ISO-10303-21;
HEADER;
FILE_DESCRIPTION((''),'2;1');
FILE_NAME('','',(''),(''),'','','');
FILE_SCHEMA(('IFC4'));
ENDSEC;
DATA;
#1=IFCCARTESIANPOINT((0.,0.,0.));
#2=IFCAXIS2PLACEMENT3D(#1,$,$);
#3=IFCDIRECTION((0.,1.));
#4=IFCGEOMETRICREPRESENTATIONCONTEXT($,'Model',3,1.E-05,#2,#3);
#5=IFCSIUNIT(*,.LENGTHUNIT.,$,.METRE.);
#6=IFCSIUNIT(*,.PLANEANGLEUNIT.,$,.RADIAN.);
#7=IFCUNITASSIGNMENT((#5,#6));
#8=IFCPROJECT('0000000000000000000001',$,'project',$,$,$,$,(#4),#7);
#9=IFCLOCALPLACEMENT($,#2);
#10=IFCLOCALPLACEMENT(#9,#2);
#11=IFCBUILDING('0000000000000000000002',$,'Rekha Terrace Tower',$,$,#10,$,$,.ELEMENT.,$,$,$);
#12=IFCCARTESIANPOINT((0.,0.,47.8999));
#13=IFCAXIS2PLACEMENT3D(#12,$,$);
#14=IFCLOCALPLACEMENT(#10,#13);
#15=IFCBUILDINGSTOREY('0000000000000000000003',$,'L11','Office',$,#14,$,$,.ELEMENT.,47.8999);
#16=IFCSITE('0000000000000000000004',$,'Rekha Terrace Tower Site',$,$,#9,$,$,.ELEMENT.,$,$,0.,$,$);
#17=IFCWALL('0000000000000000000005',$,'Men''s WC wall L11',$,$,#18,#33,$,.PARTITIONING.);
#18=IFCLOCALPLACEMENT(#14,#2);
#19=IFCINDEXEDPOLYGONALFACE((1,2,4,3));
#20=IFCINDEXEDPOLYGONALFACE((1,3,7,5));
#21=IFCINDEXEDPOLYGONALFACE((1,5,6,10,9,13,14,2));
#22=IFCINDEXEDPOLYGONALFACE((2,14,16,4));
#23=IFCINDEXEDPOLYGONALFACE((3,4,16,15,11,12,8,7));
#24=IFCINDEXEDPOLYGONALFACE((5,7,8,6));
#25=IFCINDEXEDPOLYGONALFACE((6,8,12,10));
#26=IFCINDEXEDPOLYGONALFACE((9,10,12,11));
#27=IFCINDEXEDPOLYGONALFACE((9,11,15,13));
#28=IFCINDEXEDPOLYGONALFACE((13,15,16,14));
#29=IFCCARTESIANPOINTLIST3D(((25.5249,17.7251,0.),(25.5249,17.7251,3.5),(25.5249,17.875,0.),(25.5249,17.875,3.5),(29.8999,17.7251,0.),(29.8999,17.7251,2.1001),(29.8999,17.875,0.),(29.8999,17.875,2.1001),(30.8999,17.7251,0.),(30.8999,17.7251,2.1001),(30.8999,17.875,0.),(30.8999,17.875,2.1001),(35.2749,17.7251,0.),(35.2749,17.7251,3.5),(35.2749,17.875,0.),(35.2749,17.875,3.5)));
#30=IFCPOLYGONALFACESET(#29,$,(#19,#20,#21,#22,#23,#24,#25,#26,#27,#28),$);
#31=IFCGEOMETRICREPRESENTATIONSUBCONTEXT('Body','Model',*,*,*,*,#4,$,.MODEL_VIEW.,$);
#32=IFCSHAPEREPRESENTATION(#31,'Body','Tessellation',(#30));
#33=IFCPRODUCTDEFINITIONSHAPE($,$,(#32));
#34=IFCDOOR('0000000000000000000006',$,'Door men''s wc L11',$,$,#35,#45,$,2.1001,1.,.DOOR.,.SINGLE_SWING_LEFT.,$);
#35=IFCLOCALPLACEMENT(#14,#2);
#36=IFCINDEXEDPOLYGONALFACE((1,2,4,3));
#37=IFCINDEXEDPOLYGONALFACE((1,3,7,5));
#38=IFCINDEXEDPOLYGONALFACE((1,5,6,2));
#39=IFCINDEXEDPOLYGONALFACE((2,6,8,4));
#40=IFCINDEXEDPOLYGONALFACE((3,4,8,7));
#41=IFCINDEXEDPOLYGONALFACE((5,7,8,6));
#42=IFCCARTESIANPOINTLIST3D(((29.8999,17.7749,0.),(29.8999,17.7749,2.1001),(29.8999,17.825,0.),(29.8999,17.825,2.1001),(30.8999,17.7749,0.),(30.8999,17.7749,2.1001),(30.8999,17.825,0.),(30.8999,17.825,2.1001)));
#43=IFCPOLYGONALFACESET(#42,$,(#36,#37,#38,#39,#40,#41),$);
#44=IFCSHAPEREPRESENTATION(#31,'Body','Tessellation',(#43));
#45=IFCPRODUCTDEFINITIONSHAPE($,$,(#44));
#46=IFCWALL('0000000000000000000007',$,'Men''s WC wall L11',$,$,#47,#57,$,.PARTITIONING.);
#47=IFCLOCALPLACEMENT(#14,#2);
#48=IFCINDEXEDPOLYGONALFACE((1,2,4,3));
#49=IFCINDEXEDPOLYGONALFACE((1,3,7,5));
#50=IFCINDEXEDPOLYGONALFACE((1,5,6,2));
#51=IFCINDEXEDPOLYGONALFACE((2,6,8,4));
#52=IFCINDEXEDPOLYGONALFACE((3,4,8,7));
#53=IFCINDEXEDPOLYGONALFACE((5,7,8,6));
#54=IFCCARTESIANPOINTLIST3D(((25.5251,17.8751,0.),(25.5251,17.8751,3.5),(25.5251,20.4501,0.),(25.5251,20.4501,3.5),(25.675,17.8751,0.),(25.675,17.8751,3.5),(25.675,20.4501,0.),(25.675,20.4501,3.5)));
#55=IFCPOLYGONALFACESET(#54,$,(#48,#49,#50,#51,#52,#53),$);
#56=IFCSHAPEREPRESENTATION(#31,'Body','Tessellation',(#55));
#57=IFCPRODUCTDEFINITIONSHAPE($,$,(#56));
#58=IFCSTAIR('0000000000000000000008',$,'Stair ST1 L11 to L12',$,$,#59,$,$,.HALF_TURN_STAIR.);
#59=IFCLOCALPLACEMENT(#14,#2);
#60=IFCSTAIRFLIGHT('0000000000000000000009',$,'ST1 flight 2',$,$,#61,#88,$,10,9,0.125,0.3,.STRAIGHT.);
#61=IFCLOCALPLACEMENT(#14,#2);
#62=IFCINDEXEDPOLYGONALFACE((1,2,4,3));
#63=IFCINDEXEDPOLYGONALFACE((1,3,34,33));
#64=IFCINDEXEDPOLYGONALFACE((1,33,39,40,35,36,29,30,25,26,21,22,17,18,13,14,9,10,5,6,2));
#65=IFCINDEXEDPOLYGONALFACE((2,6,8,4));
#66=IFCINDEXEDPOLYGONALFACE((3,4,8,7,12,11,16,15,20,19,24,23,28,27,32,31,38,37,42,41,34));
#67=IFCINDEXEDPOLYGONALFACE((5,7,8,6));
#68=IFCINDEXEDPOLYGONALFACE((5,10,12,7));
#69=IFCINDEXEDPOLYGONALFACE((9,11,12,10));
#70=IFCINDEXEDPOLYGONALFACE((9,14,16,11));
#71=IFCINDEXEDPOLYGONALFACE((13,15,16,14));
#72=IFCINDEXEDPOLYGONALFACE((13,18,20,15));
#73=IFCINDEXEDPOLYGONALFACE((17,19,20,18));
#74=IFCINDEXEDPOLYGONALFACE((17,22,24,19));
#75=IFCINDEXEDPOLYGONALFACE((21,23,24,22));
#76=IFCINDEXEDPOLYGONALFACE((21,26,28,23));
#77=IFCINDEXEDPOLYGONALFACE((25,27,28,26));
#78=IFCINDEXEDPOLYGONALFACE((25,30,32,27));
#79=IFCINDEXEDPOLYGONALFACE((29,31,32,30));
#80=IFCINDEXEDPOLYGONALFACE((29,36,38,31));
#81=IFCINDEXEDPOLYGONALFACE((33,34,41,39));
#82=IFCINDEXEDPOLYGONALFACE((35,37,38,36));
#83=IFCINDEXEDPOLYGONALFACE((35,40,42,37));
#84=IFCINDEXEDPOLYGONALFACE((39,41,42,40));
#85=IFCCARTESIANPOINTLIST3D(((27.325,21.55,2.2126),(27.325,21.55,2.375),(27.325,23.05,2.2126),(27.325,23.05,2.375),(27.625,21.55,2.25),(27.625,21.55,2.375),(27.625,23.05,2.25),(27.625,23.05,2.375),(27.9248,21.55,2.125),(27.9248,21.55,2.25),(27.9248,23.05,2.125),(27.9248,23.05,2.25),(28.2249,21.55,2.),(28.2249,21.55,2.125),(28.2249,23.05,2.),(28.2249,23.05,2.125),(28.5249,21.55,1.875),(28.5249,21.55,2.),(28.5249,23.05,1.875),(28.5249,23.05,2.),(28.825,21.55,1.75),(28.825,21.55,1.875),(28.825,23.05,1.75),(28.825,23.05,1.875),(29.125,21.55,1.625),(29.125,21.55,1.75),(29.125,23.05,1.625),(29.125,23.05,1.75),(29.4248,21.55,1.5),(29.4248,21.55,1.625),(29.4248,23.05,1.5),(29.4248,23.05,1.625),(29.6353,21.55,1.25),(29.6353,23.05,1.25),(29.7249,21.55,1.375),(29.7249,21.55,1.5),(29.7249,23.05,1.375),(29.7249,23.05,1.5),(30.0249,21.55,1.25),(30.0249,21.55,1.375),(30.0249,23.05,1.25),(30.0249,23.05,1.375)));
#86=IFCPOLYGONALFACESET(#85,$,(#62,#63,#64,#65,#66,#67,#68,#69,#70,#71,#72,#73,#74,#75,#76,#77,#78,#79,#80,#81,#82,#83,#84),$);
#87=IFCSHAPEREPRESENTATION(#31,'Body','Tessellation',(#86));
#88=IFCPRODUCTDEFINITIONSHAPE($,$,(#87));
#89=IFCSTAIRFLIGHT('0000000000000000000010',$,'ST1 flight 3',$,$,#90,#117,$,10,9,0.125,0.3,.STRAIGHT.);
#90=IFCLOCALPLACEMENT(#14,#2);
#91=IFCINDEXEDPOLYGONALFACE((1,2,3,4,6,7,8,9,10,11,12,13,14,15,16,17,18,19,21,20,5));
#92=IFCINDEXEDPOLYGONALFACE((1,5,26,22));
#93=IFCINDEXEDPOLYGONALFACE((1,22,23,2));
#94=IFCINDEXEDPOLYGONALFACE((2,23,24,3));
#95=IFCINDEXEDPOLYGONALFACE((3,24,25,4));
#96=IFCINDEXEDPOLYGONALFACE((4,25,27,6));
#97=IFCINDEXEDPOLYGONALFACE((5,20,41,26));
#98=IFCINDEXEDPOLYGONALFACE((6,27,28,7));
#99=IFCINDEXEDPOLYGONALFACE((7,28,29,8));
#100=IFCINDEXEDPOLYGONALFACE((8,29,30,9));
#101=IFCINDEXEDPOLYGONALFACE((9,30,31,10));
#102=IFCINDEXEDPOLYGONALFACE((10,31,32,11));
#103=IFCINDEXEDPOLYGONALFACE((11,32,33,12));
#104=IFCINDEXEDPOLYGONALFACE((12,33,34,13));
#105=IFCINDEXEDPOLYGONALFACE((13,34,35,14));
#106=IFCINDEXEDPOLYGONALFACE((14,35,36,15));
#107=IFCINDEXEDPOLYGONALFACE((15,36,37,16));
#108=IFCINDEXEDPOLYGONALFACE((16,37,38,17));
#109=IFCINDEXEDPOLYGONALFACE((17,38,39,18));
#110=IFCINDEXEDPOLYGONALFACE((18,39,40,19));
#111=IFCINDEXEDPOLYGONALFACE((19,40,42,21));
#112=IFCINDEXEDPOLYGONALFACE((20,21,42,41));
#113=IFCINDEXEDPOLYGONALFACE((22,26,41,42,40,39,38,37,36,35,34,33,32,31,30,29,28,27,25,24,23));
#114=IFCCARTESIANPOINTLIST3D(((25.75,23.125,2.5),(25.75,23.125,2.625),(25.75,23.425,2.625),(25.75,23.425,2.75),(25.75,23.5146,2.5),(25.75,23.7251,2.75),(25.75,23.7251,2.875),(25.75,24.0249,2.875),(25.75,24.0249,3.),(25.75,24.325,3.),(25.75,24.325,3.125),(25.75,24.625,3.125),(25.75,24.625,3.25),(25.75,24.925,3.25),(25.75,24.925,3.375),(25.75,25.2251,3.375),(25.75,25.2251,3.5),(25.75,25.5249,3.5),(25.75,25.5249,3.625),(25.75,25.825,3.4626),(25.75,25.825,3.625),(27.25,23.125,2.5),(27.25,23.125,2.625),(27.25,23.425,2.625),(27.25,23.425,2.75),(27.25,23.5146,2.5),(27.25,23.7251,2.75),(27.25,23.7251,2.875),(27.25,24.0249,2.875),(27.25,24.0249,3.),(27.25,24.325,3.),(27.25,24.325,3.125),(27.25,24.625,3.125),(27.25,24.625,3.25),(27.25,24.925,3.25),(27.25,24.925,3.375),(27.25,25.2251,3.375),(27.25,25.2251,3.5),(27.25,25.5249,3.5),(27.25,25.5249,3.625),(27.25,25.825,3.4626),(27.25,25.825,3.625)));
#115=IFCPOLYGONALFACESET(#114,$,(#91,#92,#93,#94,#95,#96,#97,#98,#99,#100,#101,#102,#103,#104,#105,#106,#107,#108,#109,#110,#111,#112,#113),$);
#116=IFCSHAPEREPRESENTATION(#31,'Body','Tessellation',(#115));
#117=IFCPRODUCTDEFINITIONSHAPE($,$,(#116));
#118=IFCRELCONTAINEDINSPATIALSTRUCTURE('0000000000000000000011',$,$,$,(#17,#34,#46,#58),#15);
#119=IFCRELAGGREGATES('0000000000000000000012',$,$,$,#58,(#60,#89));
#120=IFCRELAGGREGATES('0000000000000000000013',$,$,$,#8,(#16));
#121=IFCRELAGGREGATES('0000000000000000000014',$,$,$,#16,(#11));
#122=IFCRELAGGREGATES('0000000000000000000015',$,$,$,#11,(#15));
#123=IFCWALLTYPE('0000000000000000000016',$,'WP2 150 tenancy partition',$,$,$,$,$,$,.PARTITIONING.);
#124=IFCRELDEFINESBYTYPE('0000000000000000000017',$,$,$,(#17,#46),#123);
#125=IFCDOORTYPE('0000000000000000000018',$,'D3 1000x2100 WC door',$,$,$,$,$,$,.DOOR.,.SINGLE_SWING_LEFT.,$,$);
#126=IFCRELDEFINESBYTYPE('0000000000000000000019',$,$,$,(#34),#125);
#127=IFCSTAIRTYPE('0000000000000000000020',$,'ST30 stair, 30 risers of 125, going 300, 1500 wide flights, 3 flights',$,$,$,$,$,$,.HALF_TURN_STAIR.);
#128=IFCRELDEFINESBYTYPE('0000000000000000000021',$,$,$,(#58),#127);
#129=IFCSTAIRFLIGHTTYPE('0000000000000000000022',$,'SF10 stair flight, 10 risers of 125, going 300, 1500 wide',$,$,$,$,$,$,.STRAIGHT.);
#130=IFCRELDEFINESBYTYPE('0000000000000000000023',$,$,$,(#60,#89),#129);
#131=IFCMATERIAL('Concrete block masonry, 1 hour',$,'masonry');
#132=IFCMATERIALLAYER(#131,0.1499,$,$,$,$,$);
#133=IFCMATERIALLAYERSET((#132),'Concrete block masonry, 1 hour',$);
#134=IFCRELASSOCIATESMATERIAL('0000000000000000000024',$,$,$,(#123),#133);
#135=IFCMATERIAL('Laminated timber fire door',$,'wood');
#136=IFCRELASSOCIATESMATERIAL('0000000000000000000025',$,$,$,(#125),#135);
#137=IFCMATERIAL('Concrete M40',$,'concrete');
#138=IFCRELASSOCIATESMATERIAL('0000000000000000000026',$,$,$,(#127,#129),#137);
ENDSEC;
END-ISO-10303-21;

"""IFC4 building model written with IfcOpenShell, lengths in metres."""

from ifc_helpers import new_model, si_unit, direction, frame, frame_2d, origin, place, context, subcontext, project, spatial, polyline, rectangle, outline, extrude, material, layer, layer_set, type_object, element, fill, aggregate, save


model = new_model("IFC4")

# Units and contexts
model_context = context("Model", 3, precision=1e-05, world=origin(), true_north=direction((0.0, 1.0)))
body_context = subcontext(model_context, "Body", "Model", "MODEL_VIEW")
ifc_project = project(units=[si_unit("LENGTHUNIT", "METRE"), si_unit("PLANEANGLEUNIT", "RADIAN")], contexts=[model_context])

# Site, building, storey
site_placement = place(None, origin())
site = spatial("IfcSite", under=ifc_project, at=site_placement, Name="Rekha Terrace Tower Site", CompositionType="ELEMENT", RefElevation=0.0)
building_placement = place(site_placement, origin())
building = spatial("IfcBuilding", under=site, at=building_placement, Name="Rekha Terrace Tower", CompositionType="ELEMENT")
storey_placement = place(building_placement, frame((0.0, 0.0, 47.8999)))
storey = spatial("IfcBuildingStorey", under=building, at=storey_placement, Name="L11", Description="Office", CompositionType="ELEMENT", Elevation=47.8999)

# Wall, opening, door
ifc_material_1 = material(Name="Concrete block masonry, 1 hour", Category="masonry")
ifc_layer_1 = layer(ifc_material_1, 0.1499)
ifc_layer_set_1 = layer_set([ifc_layer_1], Name="Concrete block masonry, 1 hour")
wall_type_1 = type_object("IfcWallType", Name="WP2 150 tenancy partition", PredefinedType="PARTITIONING", material=ifc_layer_set_1)
wall_1_placement = place(storey_placement, frame((25.5249, 17.8, 0.0), z_axis=(0.0, 0.0, 1.0), x_axis=(1.0, 0.0, 0.0)))
wall_1 = element("IfcWall", 1, at=wall_1_placement, inside=storey, type_object=wall_type_1, Name="Men's WC wall L11", PredefinedType="PARTITIONING", context=body_context, shape_type="SweptSolid", body=[
    extrude(rectangle(XDim=9.75, YDim=0.1499, at=frame_2d((4.875, 0.0))), origin(), (0.0, 0.0, 1.0), 3.5),
])
opening_1_placement = place(wall_1_placement, frame((4.375, 0.0, 0.0)))
opening_1 = element("IfcOpeningElement", 2, at=opening_1_placement, cuts=wall_1, PredefinedType="OPENING", context=body_context, shape_type="SweptSolid", body=[
    extrude(rectangle(XDim=1.0, YDim=2.1001, at=frame_2d((0.5, 1.05))), frame((0.0, 0.085, 0.0), z_axis=(0.0, -1.0, 0.0), x_axis=(1.0, 0.0, 0.0)), (0.0, 0.0, 1.0), 0.1699),
])
ifc_material_2 = material(Name="Laminated timber fire door", Category="wood")
door_type_1 = type_object("IfcDoorType", Name="D3 1000x2100 WC door", OperationType="SINGLE_SWING_LEFT", PredefinedType="DOOR", material=ifc_material_2)
door_1_placement = place(opening_1_placement, origin())
door_1 = element("IfcDoor", 3, at=door_1_placement, inside=storey, type_object=door_type_1, Name="Door men's wc L11", OperationType="SINGLE_SWING_LEFT", OverallHeight=2.1001, OverallWidth=1.0, PredefinedType="DOOR", context=body_context, shape_type="SweptSolid", body=[
    extrude(rectangle(XDim=1.0, YDim=2.1001, at=frame_2d((0.5, 1.05))), frame((0.0, 0.0249, 0.0), z_axis=(0.0, -1.0, 0.0), x_axis=(1.0, 0.0, 0.0)), (0.0, 0.0, 1.0), 0.05),
])
fill(opening_1, door_1)

# Wall
wall_2_placement = place(storey_placement, frame((25.6001, 17.875, 0.0), z_axis=(0.0, 0.0, 1.0), x_axis=(0.0, 1.0, 0.0)))
element("IfcWall", 4, at=wall_2_placement, inside=storey, type_object=wall_type_1, Name="Men's WC wall L11", PredefinedType="PARTITIONING", context=body_context, shape_type="SweptSolid", body=[
    extrude(rectangle(XDim=2.575, YDim=0.1499, at=frame_2d((1.2876, 0.0))), origin(), (0.0, 0.0, 1.0), 3.5),
])

# Stair, stair flights
ifc_material_3 = material(Name="Concrete M40", Category="concrete")
stair_type = type_object("IfcStairType", Name="ST30 stair, 30 risers of 125, going 300, 1500 wide flights, 3 flights", PredefinedType="HALF_TURN_STAIR", material=ifc_material_3)
stair_placement = place(storey_placement, origin())
stair = element("IfcStair", 5, at=stair_placement, inside=storey, type_object=stair_type, Name="Stair ST1 L11 to L12", PredefinedType="HALF_TURN_STAIR")
stair_flight_type = type_object("IfcStairFlightType", Name="SF10 stair flight, 10 risers of 125, going 300, 1500 wide", PredefinedType="STRAIGHT", material=ifc_material_3)
stair_flight_1_placement = place(storey_placement, frame((30.0249, 22.3, 1.25), z_axis=(0.0, 0.0, 1.0), x_axis=(-1.0, 0.0, 0.0)))
stair_flight_1 = element("IfcStairFlight", 6, at=stair_flight_1_placement, type_object=stair_flight_type, Name="ST1 flight 2", NumberOfRisers=10, NumberOfTreads=9, PredefinedType="STRAIGHT", RiserHeight=0.125, TreadLength=0.3, context=body_context, shape_type="SweptSolid", body=[
    extrude(outline(polyline([(0.0, 0.0), (0.0, 0.125), (0.3, 0.125), (0.3, 0.25), (0.6001, 0.25), (0.6001, 0.375), (0.8999, 0.375), (0.8999, 0.5), (1.2, 0.5), (1.2, 0.625), (1.5, 0.625), (1.5, 0.75), (1.8, 0.75), (1.8, 0.875), (2.1001, 0.875), (2.1001, 1.0), (2.3999, 1.0), (2.3999, 1.125), (2.7, 1.125), (2.7, 1.25), (2.7, 0.9626), (0.3896, 0.0), (0.0, 0.0)])), frame((0.0, 0.75, 0.0), z_axis=(0.0, -1.0, 0.0), x_axis=(1.0, 0.0, 0.0)), (0.0, 0.0, 1.0), 1.5),
])
stair_flight_2_placement = place(storey_placement, frame((26.5, 23.125, 2.5), z_axis=(0.0, 0.0, 1.0), x_axis=(0.0, 1.0, 0.0)))
stair_flight_2 = element("IfcStairFlight", 7, at=stair_flight_2_placement, type_object=stair_flight_type, Name="ST1 flight 3", NumberOfRisers=10, NumberOfTreads=9, PredefinedType="STRAIGHT", RiserHeight=0.125, TreadLength=0.3, context=body_context, shape_type="SweptSolid", body=[
    extrude(outline(polyline([(0.0, 0.0), (0.0, 0.125), (0.3, 0.125), (0.3, 0.25), (0.6001, 0.25), (0.6001, 0.375), (0.8999, 0.375), (0.8999, 0.5), (1.2, 0.5), (1.2, 0.625), (1.5, 0.625), (1.5, 0.75), (1.8, 0.75), (1.8, 0.875), (2.1001, 0.875), (2.1001, 1.0), (2.3999, 1.0), (2.3999, 1.125), (2.7, 1.125), (2.7, 1.25), (2.7, 0.9626), (0.3896, 0.0), (0.0, 0.0)])), frame((0.0, 0.75, 0.0), z_axis=(0.0, -1.0, 0.0), x_axis=(1.0, 0.0, 0.0)), (0.0, 0.0, 1.0), 1.5),
])
aggregate(stair, [stair_flight_1, stair_flight_2])

save(model, "model.ifc")
